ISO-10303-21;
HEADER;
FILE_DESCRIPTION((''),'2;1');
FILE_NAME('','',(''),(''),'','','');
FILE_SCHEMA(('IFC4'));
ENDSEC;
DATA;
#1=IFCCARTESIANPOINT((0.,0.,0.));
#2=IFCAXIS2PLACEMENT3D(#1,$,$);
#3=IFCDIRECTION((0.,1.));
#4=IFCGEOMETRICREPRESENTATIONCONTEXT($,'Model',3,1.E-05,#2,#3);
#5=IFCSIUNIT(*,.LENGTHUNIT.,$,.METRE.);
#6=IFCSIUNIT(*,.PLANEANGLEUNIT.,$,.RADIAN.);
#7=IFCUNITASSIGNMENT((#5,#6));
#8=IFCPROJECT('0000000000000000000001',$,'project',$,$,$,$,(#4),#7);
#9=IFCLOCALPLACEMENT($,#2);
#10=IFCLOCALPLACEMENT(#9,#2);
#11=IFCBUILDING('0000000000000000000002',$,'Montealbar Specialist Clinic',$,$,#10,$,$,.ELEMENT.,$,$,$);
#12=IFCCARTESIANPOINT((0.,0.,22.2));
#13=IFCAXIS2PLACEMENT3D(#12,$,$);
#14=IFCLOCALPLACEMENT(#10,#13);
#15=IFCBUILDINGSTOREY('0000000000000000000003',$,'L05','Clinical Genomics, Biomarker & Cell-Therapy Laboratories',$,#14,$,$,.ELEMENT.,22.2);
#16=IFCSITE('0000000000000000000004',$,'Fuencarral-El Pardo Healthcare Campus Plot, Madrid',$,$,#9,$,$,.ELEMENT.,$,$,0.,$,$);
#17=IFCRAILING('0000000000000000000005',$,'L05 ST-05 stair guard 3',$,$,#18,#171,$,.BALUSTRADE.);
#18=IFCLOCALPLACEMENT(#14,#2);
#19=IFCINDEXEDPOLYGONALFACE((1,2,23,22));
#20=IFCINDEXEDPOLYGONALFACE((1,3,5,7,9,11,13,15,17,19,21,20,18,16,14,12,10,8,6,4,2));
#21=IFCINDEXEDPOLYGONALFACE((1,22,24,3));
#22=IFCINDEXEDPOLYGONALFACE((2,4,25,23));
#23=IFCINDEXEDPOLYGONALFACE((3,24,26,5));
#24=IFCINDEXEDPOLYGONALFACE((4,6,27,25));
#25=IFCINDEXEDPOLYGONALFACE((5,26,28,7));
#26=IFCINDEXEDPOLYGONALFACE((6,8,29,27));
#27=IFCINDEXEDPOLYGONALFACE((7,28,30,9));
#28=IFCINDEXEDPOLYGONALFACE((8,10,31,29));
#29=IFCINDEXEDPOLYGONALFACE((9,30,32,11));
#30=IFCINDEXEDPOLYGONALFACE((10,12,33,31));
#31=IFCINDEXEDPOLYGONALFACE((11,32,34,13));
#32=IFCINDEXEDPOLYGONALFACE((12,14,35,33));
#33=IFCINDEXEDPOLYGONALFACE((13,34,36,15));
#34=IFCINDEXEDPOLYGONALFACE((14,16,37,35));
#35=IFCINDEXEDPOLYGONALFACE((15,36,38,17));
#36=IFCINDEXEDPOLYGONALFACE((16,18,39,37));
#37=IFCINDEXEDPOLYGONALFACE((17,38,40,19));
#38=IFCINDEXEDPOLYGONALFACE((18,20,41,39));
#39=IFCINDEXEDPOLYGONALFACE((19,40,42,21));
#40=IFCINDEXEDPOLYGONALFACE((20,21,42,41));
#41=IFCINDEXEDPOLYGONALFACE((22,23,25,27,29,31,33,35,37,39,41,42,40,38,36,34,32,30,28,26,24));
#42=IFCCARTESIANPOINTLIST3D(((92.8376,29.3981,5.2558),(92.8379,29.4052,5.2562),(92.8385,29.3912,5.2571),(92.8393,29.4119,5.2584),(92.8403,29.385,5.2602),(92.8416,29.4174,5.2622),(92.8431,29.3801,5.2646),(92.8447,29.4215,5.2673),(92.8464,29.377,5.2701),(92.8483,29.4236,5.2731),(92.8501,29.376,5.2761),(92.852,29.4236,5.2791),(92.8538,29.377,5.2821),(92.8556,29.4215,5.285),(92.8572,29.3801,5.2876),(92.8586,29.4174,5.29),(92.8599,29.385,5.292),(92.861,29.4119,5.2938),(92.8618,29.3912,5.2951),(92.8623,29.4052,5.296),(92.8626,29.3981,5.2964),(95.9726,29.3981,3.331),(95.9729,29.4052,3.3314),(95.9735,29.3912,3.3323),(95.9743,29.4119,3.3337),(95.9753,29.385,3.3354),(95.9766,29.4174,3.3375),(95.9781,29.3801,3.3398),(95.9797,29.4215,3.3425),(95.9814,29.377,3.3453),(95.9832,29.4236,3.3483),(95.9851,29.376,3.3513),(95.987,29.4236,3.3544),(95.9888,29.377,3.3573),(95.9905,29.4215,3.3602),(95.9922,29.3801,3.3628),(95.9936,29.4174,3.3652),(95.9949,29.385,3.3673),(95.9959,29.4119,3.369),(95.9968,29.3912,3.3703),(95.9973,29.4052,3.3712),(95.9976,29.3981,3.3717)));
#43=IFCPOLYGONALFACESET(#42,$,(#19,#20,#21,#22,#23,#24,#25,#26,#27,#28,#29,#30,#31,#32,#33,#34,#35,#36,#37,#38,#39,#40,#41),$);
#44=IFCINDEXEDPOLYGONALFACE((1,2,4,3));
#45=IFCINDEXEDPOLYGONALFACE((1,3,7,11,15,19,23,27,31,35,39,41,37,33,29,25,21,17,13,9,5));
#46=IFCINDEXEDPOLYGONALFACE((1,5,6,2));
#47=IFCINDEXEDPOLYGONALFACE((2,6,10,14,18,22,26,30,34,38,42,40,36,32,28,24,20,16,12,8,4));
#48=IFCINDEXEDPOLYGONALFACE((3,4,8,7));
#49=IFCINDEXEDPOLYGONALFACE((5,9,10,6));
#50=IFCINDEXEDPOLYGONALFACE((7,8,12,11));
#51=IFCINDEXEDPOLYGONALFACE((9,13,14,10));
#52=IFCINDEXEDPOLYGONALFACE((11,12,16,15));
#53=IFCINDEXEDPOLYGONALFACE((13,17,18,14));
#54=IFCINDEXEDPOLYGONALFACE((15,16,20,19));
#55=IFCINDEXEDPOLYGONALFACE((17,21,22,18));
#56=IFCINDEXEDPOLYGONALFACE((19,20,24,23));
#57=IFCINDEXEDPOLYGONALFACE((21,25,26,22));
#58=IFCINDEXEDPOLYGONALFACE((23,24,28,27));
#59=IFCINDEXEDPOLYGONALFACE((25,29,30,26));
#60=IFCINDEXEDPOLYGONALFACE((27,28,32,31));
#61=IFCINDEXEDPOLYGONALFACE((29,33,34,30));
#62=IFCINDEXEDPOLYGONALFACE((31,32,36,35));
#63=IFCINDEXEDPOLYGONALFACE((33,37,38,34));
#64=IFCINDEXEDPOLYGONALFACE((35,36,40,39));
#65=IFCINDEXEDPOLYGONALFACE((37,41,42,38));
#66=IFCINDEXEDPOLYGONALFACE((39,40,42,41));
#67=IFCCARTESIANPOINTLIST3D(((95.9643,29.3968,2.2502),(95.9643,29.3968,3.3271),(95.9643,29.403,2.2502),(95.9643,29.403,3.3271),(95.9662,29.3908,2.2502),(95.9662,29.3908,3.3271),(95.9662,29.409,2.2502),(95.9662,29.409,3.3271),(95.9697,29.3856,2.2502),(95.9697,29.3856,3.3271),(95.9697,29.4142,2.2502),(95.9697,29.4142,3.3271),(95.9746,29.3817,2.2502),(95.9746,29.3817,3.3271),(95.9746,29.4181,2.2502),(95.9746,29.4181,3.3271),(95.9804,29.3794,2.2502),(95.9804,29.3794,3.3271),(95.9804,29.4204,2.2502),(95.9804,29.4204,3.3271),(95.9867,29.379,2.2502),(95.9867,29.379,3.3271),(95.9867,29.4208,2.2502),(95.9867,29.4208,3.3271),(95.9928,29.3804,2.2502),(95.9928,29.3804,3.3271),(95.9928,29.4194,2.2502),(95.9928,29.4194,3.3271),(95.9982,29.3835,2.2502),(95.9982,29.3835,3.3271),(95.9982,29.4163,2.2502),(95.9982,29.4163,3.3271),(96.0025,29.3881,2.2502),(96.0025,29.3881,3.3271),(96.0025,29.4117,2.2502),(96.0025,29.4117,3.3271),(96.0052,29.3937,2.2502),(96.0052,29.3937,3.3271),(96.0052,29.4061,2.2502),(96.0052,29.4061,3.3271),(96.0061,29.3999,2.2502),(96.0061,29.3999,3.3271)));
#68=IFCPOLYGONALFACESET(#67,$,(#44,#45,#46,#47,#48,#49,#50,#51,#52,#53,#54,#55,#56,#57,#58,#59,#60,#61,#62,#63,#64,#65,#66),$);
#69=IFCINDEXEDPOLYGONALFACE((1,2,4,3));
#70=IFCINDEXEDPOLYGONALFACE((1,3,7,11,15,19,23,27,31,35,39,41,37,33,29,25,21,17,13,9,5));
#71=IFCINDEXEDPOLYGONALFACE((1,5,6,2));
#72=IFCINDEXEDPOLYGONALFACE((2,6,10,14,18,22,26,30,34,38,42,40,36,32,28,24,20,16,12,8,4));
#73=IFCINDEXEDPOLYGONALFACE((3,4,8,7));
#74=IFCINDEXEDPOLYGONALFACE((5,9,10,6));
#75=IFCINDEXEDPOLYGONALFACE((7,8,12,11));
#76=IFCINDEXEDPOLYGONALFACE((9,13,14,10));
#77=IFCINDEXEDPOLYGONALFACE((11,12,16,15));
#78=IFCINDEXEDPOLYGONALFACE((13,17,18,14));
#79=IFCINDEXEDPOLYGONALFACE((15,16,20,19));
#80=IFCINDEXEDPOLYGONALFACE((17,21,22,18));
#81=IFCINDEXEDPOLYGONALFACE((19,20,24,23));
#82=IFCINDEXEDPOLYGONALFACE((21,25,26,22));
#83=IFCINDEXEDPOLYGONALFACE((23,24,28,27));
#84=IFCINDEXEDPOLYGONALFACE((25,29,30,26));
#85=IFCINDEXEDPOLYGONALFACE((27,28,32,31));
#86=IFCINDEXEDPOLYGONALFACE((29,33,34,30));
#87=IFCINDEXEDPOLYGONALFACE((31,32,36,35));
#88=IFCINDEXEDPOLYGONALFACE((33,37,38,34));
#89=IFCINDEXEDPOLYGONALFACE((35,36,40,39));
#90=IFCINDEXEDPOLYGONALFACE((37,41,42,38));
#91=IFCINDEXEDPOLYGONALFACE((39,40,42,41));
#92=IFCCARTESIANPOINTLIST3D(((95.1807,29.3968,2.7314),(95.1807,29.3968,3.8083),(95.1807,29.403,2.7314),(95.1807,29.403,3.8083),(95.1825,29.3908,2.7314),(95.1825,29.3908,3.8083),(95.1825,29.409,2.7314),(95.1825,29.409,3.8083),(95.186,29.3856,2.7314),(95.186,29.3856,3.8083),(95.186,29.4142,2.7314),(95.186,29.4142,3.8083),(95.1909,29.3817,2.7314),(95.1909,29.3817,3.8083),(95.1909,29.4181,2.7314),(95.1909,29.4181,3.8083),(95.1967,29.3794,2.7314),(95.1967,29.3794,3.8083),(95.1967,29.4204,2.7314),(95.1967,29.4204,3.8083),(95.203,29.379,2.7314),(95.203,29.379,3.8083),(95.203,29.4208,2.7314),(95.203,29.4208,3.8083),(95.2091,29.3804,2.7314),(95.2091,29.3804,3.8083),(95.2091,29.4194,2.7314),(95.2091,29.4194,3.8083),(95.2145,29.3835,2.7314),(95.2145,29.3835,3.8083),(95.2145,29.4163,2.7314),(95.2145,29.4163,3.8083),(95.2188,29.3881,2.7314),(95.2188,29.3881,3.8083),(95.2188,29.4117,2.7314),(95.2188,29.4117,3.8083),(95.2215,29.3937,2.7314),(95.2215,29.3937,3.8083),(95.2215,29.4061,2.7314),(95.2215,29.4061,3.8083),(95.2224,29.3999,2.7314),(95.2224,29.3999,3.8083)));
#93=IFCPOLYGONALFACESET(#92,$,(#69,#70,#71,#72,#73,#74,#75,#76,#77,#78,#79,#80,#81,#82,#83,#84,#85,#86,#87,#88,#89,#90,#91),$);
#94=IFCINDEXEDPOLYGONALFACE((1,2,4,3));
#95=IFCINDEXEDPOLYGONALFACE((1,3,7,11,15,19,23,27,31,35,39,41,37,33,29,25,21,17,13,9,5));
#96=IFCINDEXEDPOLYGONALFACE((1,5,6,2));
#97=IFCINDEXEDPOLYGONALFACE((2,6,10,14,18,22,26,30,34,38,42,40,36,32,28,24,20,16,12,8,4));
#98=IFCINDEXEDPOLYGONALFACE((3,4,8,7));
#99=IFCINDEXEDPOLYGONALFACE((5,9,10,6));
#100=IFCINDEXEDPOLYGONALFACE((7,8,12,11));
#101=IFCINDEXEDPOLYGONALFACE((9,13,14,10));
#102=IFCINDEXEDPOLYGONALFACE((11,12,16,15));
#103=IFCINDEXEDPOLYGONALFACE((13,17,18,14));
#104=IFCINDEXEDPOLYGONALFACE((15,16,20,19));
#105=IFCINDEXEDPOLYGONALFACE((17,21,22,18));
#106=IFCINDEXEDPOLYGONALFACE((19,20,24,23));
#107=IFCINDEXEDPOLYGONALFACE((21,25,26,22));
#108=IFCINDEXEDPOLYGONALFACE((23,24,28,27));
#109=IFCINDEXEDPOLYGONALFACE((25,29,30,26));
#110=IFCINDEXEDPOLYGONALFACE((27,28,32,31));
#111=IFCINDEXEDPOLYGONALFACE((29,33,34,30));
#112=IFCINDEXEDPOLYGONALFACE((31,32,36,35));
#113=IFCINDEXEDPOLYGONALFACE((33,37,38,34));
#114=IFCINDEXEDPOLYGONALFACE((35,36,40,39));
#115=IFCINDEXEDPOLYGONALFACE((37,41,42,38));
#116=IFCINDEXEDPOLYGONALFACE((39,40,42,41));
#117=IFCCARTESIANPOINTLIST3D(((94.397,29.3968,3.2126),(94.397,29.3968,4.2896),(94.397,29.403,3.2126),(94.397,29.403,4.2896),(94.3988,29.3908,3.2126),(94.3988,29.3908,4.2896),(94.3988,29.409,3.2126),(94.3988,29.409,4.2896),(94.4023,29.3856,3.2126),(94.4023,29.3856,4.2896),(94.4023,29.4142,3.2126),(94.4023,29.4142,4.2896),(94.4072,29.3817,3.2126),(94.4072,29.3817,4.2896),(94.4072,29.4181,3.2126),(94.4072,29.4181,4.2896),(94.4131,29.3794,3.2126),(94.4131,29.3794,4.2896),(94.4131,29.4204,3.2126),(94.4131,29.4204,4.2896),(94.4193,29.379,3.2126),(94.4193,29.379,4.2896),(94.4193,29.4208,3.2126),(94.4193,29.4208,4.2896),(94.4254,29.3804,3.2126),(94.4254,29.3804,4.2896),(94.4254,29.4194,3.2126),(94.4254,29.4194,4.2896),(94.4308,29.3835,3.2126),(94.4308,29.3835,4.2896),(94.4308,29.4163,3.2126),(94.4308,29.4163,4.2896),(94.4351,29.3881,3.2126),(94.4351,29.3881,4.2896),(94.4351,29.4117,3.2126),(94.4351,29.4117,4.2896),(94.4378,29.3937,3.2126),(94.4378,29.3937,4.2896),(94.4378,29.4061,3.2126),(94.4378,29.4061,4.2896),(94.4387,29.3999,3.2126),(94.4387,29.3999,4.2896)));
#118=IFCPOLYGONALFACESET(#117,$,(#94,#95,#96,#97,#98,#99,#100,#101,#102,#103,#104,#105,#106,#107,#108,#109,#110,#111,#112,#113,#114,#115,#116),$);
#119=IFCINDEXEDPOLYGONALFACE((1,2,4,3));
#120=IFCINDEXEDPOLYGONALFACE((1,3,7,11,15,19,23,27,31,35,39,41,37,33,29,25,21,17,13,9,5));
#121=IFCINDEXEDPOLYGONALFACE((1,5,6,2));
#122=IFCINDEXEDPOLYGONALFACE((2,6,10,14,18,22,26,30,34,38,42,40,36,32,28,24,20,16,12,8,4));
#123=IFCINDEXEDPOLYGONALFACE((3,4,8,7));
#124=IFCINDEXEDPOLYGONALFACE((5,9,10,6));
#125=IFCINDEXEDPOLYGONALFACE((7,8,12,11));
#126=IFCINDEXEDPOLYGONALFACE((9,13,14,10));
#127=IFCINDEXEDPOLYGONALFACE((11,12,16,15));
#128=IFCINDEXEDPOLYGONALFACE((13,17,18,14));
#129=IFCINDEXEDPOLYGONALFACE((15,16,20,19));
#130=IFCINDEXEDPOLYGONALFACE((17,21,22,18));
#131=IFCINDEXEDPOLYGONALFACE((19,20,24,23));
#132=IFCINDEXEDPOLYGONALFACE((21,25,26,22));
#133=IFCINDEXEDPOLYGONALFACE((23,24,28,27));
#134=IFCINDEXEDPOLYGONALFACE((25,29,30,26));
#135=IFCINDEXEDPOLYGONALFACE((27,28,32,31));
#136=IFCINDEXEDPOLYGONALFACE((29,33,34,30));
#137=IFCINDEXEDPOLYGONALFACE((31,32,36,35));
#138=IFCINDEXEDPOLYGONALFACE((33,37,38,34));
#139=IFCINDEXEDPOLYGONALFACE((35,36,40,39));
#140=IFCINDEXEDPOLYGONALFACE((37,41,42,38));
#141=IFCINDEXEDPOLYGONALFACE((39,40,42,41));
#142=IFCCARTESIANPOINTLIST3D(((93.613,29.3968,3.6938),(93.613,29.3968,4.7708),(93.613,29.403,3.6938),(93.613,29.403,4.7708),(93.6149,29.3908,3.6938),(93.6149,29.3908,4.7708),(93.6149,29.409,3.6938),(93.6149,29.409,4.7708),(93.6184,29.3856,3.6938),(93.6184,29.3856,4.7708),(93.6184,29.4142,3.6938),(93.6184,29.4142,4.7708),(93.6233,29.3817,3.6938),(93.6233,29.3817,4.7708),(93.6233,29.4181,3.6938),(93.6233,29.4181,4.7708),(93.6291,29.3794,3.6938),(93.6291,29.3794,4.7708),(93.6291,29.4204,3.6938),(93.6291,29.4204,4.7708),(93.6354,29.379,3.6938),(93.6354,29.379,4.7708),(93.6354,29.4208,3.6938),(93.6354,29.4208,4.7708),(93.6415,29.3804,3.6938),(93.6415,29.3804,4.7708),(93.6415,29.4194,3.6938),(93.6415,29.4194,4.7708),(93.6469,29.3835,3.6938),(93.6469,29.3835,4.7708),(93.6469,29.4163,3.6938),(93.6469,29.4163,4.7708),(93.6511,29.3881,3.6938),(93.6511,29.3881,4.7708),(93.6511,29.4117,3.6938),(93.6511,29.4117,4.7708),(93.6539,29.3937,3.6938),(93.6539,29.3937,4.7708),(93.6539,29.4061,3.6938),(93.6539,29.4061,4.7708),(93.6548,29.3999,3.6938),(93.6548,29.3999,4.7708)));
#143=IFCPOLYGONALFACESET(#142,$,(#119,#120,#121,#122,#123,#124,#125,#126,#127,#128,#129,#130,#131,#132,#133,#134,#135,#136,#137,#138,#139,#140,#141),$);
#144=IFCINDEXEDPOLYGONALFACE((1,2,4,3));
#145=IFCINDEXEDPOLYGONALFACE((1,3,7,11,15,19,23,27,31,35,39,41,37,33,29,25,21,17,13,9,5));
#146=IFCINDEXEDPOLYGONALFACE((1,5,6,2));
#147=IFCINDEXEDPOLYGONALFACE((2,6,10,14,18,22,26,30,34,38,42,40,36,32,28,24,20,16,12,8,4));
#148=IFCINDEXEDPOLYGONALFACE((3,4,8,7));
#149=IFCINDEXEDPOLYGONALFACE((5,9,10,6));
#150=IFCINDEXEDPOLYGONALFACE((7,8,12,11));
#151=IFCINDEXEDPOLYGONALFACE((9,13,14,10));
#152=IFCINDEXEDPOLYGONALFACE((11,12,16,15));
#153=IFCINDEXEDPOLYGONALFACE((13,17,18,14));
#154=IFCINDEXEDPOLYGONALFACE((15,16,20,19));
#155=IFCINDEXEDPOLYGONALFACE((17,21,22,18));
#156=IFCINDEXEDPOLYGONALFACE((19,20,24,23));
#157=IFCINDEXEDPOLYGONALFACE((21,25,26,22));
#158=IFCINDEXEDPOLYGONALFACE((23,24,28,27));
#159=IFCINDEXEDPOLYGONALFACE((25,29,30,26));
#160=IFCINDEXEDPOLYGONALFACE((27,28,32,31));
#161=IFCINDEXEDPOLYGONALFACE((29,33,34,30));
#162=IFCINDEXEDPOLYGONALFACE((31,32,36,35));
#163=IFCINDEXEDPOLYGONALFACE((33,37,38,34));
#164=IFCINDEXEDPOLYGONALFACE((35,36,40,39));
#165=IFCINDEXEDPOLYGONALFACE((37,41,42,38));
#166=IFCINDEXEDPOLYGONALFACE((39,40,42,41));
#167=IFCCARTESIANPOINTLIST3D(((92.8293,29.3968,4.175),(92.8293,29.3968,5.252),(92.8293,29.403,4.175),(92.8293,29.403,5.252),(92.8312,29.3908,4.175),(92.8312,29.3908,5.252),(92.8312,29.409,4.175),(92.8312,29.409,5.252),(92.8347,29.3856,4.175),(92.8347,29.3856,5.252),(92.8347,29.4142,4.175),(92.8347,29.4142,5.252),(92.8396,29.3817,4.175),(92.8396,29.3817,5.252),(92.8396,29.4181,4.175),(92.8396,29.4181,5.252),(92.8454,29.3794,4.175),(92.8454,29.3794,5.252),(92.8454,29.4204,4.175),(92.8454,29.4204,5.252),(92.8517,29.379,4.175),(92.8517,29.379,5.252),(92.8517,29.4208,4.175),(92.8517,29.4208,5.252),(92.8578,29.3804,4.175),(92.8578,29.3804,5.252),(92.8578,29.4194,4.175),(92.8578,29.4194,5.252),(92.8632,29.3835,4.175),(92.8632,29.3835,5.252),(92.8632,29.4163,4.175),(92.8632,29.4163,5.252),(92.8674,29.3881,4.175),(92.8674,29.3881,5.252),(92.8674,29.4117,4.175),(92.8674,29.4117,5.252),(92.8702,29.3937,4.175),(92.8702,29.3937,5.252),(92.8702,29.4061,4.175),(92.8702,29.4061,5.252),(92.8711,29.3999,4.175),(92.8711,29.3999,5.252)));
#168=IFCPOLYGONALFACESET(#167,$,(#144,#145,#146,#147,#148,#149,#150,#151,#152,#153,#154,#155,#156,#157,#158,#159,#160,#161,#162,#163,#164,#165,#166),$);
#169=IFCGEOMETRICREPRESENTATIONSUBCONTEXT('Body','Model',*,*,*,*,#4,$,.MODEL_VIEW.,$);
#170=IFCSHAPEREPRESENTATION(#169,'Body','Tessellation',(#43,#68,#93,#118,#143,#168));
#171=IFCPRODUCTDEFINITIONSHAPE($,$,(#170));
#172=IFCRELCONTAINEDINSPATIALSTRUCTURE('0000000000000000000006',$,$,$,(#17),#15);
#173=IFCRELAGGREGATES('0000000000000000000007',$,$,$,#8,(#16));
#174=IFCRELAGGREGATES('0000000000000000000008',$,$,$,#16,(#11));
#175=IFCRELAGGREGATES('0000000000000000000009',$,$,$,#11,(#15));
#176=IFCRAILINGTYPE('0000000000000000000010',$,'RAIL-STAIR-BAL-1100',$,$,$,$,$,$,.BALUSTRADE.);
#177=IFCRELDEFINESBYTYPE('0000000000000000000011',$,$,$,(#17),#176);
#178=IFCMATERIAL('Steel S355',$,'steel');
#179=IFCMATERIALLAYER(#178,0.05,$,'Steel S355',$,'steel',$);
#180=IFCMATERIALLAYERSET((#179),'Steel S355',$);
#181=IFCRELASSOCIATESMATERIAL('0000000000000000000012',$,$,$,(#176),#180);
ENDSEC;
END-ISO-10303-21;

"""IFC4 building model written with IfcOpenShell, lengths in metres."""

from ifc_helpers import new_model, si_unit, direction, frame, origin, origin_2d, place, context, subcontext, project, spatial, circle, extrude, material, layer, layer_set, type_object, element, save


model = new_model("IFC4")

# Units and contexts
model_context = context("Model", 3, precision=1e-05, world=origin(), true_north=direction((0.0, 1.0)))
body_context = subcontext(model_context, "Body", "Model", "MODEL_VIEW")
ifc_project = project(units=[si_unit("LENGTHUNIT", "METRE"), si_unit("PLANEANGLEUNIT", "RADIAN")], contexts=[model_context])

# Site, building, storey
site_placement = place(None, origin())
site = spatial("IfcSite", under=ifc_project, at=site_placement, Name="Fuencarral-El Pardo Healthcare Campus Plot, Madrid", CompositionType="ELEMENT", RefElevation=0.0)
building_placement = place(site_placement, origin())
building = spatial("IfcBuilding", under=site, at=building_placement, Name="Montealbar Specialist Clinic", CompositionType="ELEMENT")
storey_placement = place(building_placement, frame((0.0, 0.0, 22.2)))
storey = spatial("IfcBuildingStorey", under=building, at=storey_placement, Name="L05", Description="Clinical Genomics, Biomarker & Cell-Therapy Laboratories", CompositionType="ELEMENT", Elevation=22.2)

# Shared definitions
ifc_material_1 = material(Name="Steel S355", Category="steel")

# Railing
ifc_layer_1 = layer(ifc_material_1, 0.05, Name="Steel S355", Category="steel")
ifc_layer_set_1 = layer_set([ifc_layer_1], Name="Steel S355")
railing_type_1 = type_object("IfcRailingType", Name="RAIL-STAIR-BAL-1100", PredefinedType="BALUSTRADE", material=ifc_layer_set_1)
railing_1_placement = place(storey_placement, frame((95.9851, 29.3999, 2.2751)))
element("IfcRailing", 1, at=railing_1_placement, inside=storey, type_object=railing_type_1, Name="L05 ST-05 stair guard 3", PredefinedType="BALUSTRADE", context=body_context, shape_type="SweptSolid", body=[
    extrude(circle(Radius=0.0239, at=origin_2d()), frame((0.0, 0.0, 1.0762), z_axis=(-0.852196, 0.0, 0.523223), x_axis=(0.0, -1.0, 0.0)), (0.0, 0.0, 1.0), 3.6787),
    extrude(circle(Radius=0.021, at=origin_2d()), frame((0.0, 0.0, -0.0249)), (0.0, 0.0, 1.0), 1.0769),
    extrude(circle(Radius=0.021, at=origin_2d()), frame((-0.7837, 0.0, 0.4563)), (0.0, 0.0, 1.0), 1.0769),
    extrude(circle(Radius=0.021, at=origin_2d()), frame((-1.5674, 0.0, 0.9375)), (0.0, 0.0, 1.0), 1.0769),
    extrude(circle(Radius=0.021, at=origin_2d()), frame((-2.3513, 0.0, 1.4187)), (0.0, 0.0, 1.0), 1.0769),
    extrude(circle(Radius=0.021, at=origin_2d()), frame((-3.135, 0.0, 1.8999)), (0.0, 0.0, 1.0), 1.0769),
])

save(model, "model.ifc")
